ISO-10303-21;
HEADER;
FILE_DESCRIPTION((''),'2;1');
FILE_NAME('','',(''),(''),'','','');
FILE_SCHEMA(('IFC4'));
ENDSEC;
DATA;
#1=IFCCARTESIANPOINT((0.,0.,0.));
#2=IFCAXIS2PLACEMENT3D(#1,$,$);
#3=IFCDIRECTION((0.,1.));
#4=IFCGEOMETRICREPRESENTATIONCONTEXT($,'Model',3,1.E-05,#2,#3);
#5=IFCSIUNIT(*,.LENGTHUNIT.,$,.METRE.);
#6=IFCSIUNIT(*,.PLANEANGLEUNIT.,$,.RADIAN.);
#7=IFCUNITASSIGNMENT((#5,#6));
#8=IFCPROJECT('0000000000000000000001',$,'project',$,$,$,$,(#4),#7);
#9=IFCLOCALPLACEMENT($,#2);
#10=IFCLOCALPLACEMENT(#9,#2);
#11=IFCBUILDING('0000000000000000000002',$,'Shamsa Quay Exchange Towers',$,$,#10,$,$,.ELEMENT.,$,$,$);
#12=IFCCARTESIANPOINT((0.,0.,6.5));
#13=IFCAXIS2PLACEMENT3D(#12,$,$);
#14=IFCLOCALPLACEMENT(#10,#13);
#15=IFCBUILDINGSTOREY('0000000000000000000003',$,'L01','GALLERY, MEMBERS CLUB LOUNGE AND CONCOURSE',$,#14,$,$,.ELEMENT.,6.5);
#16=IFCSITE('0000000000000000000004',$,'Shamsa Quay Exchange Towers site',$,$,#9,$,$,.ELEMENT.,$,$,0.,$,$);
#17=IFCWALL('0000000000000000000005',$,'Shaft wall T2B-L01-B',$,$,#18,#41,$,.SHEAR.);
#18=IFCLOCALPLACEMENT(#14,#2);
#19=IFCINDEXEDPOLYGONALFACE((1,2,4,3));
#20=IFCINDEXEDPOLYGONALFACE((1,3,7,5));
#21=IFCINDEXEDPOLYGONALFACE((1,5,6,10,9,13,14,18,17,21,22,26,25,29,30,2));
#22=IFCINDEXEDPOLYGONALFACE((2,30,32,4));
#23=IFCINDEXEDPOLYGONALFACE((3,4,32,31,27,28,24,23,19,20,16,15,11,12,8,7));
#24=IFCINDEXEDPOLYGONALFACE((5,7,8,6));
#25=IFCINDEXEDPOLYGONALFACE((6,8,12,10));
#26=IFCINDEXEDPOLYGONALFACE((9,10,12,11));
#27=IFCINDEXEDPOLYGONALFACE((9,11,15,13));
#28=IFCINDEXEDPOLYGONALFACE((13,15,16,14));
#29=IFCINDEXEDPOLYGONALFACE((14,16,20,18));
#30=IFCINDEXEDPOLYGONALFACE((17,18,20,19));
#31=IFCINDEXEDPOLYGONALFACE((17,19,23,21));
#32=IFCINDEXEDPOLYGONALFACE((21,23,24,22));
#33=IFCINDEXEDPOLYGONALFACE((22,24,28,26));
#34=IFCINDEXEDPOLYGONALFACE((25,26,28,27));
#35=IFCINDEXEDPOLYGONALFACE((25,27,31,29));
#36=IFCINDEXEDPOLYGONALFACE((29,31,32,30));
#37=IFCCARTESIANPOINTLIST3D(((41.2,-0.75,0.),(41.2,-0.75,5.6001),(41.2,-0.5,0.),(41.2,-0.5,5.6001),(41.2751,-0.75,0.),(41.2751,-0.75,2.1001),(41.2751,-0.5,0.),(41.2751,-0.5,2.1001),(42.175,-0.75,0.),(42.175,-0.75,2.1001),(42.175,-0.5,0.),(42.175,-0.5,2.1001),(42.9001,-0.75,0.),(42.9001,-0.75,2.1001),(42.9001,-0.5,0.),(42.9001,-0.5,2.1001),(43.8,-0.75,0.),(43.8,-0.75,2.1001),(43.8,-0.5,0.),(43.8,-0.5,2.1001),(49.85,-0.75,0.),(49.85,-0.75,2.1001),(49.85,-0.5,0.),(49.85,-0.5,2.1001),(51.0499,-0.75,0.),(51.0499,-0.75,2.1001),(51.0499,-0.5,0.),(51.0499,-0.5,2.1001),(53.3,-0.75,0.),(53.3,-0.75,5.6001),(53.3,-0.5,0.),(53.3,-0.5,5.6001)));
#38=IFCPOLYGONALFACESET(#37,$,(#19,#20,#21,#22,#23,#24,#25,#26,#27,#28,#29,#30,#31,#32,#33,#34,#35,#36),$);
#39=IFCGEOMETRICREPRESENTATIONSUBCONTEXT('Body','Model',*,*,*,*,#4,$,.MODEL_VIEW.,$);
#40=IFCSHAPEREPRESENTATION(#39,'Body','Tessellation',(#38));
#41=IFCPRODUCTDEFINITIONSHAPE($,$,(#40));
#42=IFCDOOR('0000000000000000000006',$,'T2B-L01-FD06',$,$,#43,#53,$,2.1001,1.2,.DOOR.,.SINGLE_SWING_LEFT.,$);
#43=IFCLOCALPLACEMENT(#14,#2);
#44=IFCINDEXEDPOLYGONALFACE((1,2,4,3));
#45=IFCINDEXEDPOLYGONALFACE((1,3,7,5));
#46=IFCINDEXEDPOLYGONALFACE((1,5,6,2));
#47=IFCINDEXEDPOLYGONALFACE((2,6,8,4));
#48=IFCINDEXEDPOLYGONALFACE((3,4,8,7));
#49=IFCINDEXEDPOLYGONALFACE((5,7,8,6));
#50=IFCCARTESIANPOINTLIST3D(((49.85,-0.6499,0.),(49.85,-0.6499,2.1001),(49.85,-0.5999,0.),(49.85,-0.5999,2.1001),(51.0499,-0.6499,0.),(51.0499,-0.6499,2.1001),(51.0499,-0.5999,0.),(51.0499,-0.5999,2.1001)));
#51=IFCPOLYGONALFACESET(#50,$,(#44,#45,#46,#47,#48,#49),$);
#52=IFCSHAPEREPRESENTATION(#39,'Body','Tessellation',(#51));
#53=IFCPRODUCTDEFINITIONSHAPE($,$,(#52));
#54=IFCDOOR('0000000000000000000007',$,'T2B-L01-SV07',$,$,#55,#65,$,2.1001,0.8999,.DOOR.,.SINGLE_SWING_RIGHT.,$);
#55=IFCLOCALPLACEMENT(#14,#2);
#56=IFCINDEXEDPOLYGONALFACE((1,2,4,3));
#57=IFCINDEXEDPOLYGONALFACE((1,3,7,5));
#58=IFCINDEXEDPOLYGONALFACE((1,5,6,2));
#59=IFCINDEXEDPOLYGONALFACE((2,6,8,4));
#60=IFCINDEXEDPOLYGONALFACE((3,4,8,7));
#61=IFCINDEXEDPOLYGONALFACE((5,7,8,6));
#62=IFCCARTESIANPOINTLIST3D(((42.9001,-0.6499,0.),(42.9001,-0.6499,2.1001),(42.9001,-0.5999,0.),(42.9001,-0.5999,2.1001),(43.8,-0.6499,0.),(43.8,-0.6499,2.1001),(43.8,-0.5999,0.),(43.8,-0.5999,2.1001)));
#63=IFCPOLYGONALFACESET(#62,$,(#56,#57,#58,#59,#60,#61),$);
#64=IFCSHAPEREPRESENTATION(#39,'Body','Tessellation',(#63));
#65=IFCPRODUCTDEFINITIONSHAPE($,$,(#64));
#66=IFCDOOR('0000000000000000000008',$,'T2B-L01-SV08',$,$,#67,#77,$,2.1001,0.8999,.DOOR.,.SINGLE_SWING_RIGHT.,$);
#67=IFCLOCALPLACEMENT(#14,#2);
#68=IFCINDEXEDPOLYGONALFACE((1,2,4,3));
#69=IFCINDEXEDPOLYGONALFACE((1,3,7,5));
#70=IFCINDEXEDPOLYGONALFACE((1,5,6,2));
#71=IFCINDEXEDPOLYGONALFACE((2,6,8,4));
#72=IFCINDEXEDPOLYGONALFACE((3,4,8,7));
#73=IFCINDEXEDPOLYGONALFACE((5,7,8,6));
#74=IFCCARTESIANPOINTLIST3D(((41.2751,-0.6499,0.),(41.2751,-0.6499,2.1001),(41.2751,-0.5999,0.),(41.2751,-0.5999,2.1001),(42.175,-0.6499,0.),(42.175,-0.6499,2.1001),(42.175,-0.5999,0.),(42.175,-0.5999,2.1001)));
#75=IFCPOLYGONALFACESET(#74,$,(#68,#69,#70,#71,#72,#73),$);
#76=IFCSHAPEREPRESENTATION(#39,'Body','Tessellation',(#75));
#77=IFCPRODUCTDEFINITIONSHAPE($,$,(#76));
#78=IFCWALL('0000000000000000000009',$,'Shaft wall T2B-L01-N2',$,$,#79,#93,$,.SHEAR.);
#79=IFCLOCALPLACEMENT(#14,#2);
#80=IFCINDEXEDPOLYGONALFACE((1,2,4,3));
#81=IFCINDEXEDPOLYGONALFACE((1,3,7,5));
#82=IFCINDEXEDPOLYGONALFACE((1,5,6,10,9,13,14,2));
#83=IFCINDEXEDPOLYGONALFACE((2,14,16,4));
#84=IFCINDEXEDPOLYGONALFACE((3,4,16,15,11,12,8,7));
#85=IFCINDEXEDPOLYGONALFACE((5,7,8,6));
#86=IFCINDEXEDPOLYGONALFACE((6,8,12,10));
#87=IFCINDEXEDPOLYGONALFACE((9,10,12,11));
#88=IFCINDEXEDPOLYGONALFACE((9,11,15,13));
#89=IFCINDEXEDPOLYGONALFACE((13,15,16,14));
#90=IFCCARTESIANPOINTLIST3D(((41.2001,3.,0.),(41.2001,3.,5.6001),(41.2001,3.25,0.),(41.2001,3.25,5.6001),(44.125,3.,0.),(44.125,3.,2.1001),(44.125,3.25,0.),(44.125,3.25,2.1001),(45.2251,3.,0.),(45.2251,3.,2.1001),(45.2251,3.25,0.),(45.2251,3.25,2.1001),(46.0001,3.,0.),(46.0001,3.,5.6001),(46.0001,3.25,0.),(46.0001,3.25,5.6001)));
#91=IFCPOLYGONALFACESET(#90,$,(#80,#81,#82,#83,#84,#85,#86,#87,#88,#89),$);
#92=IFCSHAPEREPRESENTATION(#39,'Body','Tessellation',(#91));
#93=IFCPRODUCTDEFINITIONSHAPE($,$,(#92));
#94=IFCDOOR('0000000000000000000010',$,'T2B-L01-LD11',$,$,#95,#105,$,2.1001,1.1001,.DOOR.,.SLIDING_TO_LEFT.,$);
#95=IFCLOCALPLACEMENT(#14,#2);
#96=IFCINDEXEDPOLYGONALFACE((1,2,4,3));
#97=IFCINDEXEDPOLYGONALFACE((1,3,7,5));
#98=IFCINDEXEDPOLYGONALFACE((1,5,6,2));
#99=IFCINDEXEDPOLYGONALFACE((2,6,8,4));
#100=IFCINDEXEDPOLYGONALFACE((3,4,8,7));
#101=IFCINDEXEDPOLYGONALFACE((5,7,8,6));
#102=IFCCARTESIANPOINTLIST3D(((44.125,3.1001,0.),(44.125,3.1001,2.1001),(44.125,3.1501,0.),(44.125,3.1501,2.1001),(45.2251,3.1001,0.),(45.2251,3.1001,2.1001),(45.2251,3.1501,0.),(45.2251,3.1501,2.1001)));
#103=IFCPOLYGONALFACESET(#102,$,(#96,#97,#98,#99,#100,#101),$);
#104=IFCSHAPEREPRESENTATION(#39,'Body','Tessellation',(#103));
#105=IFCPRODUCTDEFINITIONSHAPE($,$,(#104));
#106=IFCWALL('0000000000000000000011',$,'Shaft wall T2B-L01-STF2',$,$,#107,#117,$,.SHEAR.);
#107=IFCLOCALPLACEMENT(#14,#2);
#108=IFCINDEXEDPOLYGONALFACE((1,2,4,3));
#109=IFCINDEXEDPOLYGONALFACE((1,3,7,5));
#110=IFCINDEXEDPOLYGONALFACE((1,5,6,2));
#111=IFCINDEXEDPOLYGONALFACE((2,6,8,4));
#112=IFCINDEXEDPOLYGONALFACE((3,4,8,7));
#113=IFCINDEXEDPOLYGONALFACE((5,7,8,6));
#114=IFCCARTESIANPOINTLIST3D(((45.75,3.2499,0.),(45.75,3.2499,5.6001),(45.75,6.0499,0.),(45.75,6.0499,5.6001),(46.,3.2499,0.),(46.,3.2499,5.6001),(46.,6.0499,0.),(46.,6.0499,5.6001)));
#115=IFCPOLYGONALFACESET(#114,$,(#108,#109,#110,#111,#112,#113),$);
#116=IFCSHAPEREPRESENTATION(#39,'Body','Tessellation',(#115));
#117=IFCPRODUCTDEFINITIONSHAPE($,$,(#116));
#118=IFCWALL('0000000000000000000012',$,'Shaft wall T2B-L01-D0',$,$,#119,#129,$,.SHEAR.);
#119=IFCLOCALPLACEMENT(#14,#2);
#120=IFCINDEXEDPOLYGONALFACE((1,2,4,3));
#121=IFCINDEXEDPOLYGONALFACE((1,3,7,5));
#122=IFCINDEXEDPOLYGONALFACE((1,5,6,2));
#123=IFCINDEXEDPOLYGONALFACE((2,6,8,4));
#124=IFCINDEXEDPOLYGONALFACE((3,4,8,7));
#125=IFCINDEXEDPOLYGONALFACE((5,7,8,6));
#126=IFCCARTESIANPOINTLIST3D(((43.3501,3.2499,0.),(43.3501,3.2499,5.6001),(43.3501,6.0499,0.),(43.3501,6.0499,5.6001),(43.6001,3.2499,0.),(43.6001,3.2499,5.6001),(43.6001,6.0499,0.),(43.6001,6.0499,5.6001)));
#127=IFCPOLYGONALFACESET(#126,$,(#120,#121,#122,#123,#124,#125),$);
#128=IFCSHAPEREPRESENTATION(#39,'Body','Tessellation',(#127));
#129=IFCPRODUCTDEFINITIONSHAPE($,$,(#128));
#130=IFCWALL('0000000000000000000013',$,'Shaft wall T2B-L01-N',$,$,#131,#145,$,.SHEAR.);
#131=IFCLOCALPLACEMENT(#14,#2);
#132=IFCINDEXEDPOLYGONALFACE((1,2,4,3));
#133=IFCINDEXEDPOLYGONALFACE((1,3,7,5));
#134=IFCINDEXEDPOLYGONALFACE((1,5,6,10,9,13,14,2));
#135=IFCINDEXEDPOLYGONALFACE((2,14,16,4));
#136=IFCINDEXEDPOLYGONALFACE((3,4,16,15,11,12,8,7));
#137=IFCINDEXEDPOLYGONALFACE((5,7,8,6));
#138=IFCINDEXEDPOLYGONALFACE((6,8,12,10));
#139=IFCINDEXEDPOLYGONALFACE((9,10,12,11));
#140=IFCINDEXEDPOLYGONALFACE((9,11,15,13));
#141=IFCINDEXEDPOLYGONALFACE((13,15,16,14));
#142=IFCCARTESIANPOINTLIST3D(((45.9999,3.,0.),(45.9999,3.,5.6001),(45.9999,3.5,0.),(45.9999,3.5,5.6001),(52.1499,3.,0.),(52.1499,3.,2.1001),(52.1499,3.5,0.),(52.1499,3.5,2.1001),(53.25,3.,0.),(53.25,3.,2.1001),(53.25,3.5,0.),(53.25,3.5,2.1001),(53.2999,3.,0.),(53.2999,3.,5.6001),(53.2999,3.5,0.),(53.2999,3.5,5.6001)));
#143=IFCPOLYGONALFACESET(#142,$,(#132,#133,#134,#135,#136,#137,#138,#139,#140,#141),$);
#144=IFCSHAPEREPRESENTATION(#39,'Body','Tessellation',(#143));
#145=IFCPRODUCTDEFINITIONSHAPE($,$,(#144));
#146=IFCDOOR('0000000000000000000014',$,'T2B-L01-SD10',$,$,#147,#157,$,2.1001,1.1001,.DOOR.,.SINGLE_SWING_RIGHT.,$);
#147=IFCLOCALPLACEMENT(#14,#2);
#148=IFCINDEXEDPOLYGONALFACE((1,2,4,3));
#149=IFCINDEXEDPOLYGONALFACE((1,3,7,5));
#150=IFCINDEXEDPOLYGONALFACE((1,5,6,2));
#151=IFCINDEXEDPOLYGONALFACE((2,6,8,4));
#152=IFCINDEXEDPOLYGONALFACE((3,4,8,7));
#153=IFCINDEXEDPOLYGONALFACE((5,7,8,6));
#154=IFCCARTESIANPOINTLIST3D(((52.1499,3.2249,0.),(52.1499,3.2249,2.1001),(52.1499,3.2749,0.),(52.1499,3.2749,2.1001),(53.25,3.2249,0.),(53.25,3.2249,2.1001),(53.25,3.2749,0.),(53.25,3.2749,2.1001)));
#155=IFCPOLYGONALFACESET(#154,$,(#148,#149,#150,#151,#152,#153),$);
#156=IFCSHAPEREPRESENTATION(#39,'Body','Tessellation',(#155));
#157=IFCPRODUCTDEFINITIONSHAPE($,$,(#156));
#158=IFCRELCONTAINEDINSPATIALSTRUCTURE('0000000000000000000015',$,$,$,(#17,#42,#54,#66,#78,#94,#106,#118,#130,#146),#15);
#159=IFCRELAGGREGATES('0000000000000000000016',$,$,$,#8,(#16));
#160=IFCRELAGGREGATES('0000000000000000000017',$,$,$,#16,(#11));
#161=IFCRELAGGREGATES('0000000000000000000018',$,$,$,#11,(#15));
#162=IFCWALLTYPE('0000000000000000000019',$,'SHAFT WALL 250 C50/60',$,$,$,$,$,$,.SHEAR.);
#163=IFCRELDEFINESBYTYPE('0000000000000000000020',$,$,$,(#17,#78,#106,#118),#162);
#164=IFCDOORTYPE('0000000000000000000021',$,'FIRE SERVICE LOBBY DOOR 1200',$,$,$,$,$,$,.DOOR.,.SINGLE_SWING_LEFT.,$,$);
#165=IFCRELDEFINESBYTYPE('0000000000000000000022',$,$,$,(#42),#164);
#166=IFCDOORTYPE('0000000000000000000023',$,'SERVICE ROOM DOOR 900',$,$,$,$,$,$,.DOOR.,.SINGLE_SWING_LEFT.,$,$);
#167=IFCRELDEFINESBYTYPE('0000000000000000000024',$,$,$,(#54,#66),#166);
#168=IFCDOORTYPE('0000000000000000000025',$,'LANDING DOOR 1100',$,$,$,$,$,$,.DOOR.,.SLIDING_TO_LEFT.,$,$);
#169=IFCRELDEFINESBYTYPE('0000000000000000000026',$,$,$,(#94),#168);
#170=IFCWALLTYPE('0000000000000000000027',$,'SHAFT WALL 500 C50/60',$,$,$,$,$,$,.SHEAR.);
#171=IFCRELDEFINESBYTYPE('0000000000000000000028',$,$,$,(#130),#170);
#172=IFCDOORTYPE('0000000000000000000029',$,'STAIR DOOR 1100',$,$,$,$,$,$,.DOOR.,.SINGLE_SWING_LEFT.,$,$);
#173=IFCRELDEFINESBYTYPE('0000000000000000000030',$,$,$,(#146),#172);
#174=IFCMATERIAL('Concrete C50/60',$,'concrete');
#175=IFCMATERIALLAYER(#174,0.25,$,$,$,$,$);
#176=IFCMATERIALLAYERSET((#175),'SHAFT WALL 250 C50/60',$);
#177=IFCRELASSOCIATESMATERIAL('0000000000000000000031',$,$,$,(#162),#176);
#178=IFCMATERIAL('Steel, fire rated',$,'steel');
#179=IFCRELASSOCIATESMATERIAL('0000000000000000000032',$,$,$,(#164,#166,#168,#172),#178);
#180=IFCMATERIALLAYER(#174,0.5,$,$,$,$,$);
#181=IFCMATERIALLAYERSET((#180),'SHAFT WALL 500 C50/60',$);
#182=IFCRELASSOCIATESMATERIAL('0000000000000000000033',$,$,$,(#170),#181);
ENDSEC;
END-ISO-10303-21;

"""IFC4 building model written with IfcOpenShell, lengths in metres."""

from ifc_helpers import new_model, si_unit, direction, frame, frame_2d, origin, place, context, subcontext, project, spatial, rectangle, extrude, material, layer, layer_set, type_object, element, fill, save


model = new_model("IFC4")

# Units and contexts
model_context = context("Model", 3, precision=1e-05, world=origin(), true_north=direction((0.0, 1.0)))
body_context = subcontext(model_context, "Body", "Model", "MODEL_VIEW")
ifc_project = project(units=[si_unit("LENGTHUNIT", "METRE"), si_unit("PLANEANGLEUNIT", "RADIAN")], contexts=[model_context])

# Site, building, storey
site_placement = place(None, origin())
site = spatial("IfcSite", under=ifc_project, at=site_placement, Name="Shamsa Quay Exchange Towers site", CompositionType="ELEMENT", RefElevation=0.0)
building_placement = place(site_placement, origin())
building = spatial("IfcBuilding", under=site, at=building_placement, Name="Shamsa Quay Exchange Towers", CompositionType="ELEMENT")
storey_placement = place(building_placement, frame((0.0, 0.0, 6.5)))
storey = spatial("IfcBuildingStorey", under=building, at=storey_placement, Name="L01", Description="GALLERY, MEMBERS CLUB LOUNGE AND CONCOURSE", CompositionType="ELEMENT", Elevation=6.5)

# Wall, openings, doors
ifc_material_1 = material(Name="Concrete C50/60", Category="concrete")
ifc_layer_1 = layer(ifc_material_1, 0.25)
ifc_layer_set_1 = layer_set([ifc_layer_1], Name="SHAFT WALL 250 C50/60")
wall_type_1 = type_object("IfcWallType", Name="SHAFT WALL 250 C50/60", PredefinedType="SHEAR", material=ifc_layer_set_1)
wall_1_placement = place(storey_placement, frame((53.3, -0.625, 0.0), z_axis=(0.0, 0.0, 1.0), x_axis=(-1.0, 0.0, 0.0)))
wall_1 = element("IfcWall", 1, at=wall_1_placement, inside=storey, type_object=wall_type_1, Name="Shaft wall T2B-L01-B", PredefinedType="SHEAR", context=body_context, shape_type="SweptSolid", body=[
    extrude(rectangle(XDim=12.1001, YDim=0.25, at=frame_2d((6.05, 0.0))), origin(), (0.0, 0.0, 1.0), 5.6001),
])
opening_1_placement = place(wall_1_placement, frame((2.25, 0.0, 0.0)))
opening_1 = element("IfcOpeningElement", 2, at=opening_1_placement, cuts=wall_1, PredefinedType="OPENING", context=body_context, shape_type="SweptSolid", body=[
    extrude(rectangle(XDim=1.2, YDim=2.1001, at=frame_2d((0.6001, 1.05))), frame((0.0, 0.135, 0.0), z_axis=(0.0, -1.0, 0.0), x_axis=(1.0, 0.0, 0.0)), (0.0, 0.0, 1.0), 0.27),
])
opening_2_placement = place(wall_1_placement, frame((9.5, 0.0, 0.0)))
opening_2 = element("IfcOpeningElement", 3, at=opening_2_placement, cuts=wall_1, PredefinedType="OPENING", context=body_context, shape_type="SweptSolid", body=[
    extrude(rectangle(XDim=0.8999, YDim=2.1001, at=frame_2d((0.45, 1.05))), frame((0.0, 0.135, 0.0), z_axis=(0.0, -1.0, 0.0), x_axis=(1.0, 0.0, 0.0)), (0.0, 0.0, 1.0), 0.27),
])
opening_3_placement = place(wall_1_placement, frame((11.125, 0.0, 0.0)))
opening_3 = element("IfcOpeningElement", 4, at=opening_3_placement, cuts=wall_1, PredefinedType="OPENING", context=body_context, shape_type="SweptSolid", body=[
    extrude(rectangle(XDim=0.8999, YDim=2.1001, at=frame_2d((0.45, 1.05))), frame((0.0, 0.135, 0.0), z_axis=(0.0, -1.0, 0.0), x_axis=(1.0, 0.0, 0.0)), (0.0, 0.0, 1.0), 0.27),
])
ifc_material_2 = material(Name="Steel, fire rated", Category="steel")
door_type_1 = type_object("IfcDoorType", Name="FIRE SERVICE LOBBY DOOR 1200", OperationType="SINGLE_SWING_LEFT", PredefinedType="DOOR", material=ifc_material_2)
door_1_placement = place(opening_1_placement, origin())
door_1 = element("IfcDoor", 5, at=door_1_placement, inside=storey, type_object=door_type_1, Name="T2B-L01-FD06", OperationType="SINGLE_SWING_LEFT", OverallHeight=2.1001, OverallWidth=1.2, PredefinedType="DOOR", context=body_context, shape_type="SweptSolid", body=[
    extrude(rectangle(XDim=1.2, YDim=2.1001, at=frame_2d((0.6001, 1.05))), frame((0.0, 0.0249, 0.0), z_axis=(0.0, -1.0, 0.0), x_axis=(1.0, 0.0, 0.0)), (0.0, 0.0, 1.0), 0.05),
])
fill(opening_1, door_1)
door_type_2 = type_object("IfcDoorType", Name="SERVICE ROOM DOOR 900", OperationType="SINGLE_SWING_LEFT", PredefinedType="DOOR", material=ifc_material_2)
door_2_placement = place(opening_2_placement, origin())
door_2 = element("IfcDoor", 6, at=door_2_placement, inside=storey, type_object=door_type_2, Name="T2B-L01-SV07", OperationType="SINGLE_SWING_RIGHT", OverallHeight=2.1001, OverallWidth=0.8999, PredefinedType="DOOR", context=body_context, shape_type="SweptSolid", body=[
    extrude(rectangle(XDim=0.8999, YDim=2.1001, at=frame_2d((0.45, 1.05))), frame((0.0, 0.0249, 0.0), z_axis=(0.0, -1.0, 0.0), x_axis=(1.0, 0.0, 0.0)), (0.0, 0.0, 1.0), 0.05),
])
fill(opening_2, door_2)
door_3_placement = place(opening_3_placement, origin())
door_3 = element("IfcDoor", 7, at=door_3_placement, inside=storey, type_object=door_type_2, Name="T2B-L01-SV08", OperationType="SINGLE_SWING_RIGHT", OverallHeight=2.1001, OverallWidth=0.8999, PredefinedType="DOOR", context=body_context, shape_type="SweptSolid", body=[
    extrude(rectangle(XDim=0.8999, YDim=2.1001, at=frame_2d((0.45, 1.05))), frame((0.0, 0.0249, 0.0), z_axis=(0.0, -1.0, 0.0), x_axis=(1.0, 0.0, 0.0)), (0.0, 0.0, 1.0), 0.05),
])
fill(opening_3, door_3)

# Wall, opening, door
wall_2_placement = place(storey_placement, frame((46.0, 3.125, 0.0), z_axis=(0.0, 0.0, 1.0), x_axis=(-1.0, 0.0, 0.0)))
wall_2 = element("IfcWall", 8, at=wall_2_placement, inside=storey, type_object=wall_type_1, Name="Shaft wall T2B-L01-N2", PredefinedType="SHEAR", context=body_context, shape_type="SweptSolid", body=[
    extrude(rectangle(XDim=4.8, YDim=0.25, at=frame_2d((2.3999, 0.0))), origin(), (0.0, 0.0, 1.0), 5.6001),
])
opening_4_placement = place(wall_2_placement, frame((0.7749, 0.0, 0.0)))
opening_4 = element("IfcOpeningElement", 9, at=opening_4_placement, cuts=wall_2, PredefinedType="OPENING", context=body_context, shape_type="SweptSolid", body=[
    extrude(rectangle(XDim=1.1001, YDim=2.1001, at=frame_2d((0.55, 1.05))), frame((0.0, 0.135, 0.0), z_axis=(0.0, -1.0, 0.0), x_axis=(1.0, 0.0, 0.0)), (0.0, 0.0, 1.0), 0.27),
])
door_type_3 = type_object("IfcDoorType", Name="LANDING DOOR 1100", OperationType="SLIDING_TO_LEFT", PredefinedType="DOOR", material=ifc_material_2)
door_4_placement = place(opening_4_placement, origin())
door_4 = element("IfcDoor", 10, at=door_4_placement, inside=storey, type_object=door_type_3, Name="T2B-L01-LD11", OperationType="SLIDING_TO_LEFT", OverallHeight=2.1001, OverallWidth=1.1001, PredefinedType="DOOR", context=body_context, shape_type="SweptSolid", body=[
    extrude(rectangle(XDim=1.1001, YDim=2.1001, at=frame_2d((0.55, 1.05))), frame((0.0, 0.0249, 0.0), z_axis=(0.0, -1.0, 0.0), x_axis=(1.0, 0.0, 0.0)), (0.0, 0.0, 1.0), 0.05),
])
fill(opening_4, door_4)

# Walls
for number, where, z_axis, x_axis, name in (
    (11, (45.875, 3.25, 0.0), (0.0, 0.0, 1.0), (0.0, 1.0, 0.0), "Shaft wall T2B-L01-STF2"),
    (12, (43.4751, 3.25, 0.0), (0.0, 0.0, 1.0), (0.0, 1.0, 0.0), "Shaft wall T2B-L01-D0"),
):
    element("IfcWall", number, at=place(storey_placement, frame(where, z_axis=z_axis, x_axis=x_axis)), inside=storey, type_object=wall_type_1, Name=name, PredefinedType="SHEAR", context=body_context, shape_type="SweptSolid", body=[
        extrude(rectangle(XDim=2.8, YDim=0.25, at=frame_2d((1.3999, 0.0))), origin(), (0.0, 0.0, 1.0), 5.6001),
    ])

# Wall, opening, door
ifc_layer_2 = layer(ifc_material_1, 0.5)
ifc_layer_set_2 = layer_set([ifc_layer_2], Name="SHAFT WALL 500 C50/60")
wall_type_2 = type_object("IfcWallType", Name="SHAFT WALL 500 C50/60", PredefinedType="SHEAR", material=ifc_layer_set_2)
wall_3_placement = place(storey_placement, frame((46.0, 3.25, 0.0)))
wall_3 = element("IfcWall", 13, at=wall_3_placement, inside=storey, type_object=wall_type_2, Name="Shaft wall T2B-L01-N", PredefinedType="SHEAR", context=body_context, shape_type="SweptSolid", body=[
    extrude(rectangle(XDim=7.3, YDim=0.5, at=frame_2d((3.6499, 0.0))), origin(), (0.0, 0.0, 1.0), 5.6001),
])
opening_5_placement = place(wall_3_placement, frame((6.1499, 0.0, 0.0)))
opening_5 = element("IfcOpeningElement", 14, at=opening_5_placement, cuts=wall_3, PredefinedType="OPENING", context=body_context, shape_type="SweptSolid", body=[
    extrude(rectangle(XDim=1.1001, YDim=2.1001, at=frame_2d((0.55, 1.05))), frame((0.0, 0.26, 0.0), z_axis=(0.0, -1.0, 0.0), x_axis=(1.0, 0.0, 0.0)), (0.0, 0.0, 1.0), 0.52),
])
door_type_4 = type_object("IfcDoorType", Name="STAIR DOOR 1100", OperationType="SINGLE_SWING_LEFT", PredefinedType="DOOR", material=ifc_material_2)
door_5_placement = place(opening_5_placement, origin())
door_5 = element("IfcDoor", 15, at=door_5_placement, inside=storey, type_object=door_type_4, Name="T2B-L01-SD10", OperationType="SINGLE_SWING_RIGHT", OverallHeight=2.1001, OverallWidth=1.1001, PredefinedType="DOOR", context=body_context, shape_type="SweptSolid", body=[
    extrude(rectangle(XDim=1.1001, YDim=2.1001, at=frame_2d((0.55, 1.05))), frame((0.0, 0.0249, 0.0), z_axis=(0.0, -1.0, 0.0), x_axis=(1.0, 0.0, 0.0)), (0.0, 0.0, 1.0), 0.05),
])
fill(opening_5, door_5)

save(model, "model.ifc")
